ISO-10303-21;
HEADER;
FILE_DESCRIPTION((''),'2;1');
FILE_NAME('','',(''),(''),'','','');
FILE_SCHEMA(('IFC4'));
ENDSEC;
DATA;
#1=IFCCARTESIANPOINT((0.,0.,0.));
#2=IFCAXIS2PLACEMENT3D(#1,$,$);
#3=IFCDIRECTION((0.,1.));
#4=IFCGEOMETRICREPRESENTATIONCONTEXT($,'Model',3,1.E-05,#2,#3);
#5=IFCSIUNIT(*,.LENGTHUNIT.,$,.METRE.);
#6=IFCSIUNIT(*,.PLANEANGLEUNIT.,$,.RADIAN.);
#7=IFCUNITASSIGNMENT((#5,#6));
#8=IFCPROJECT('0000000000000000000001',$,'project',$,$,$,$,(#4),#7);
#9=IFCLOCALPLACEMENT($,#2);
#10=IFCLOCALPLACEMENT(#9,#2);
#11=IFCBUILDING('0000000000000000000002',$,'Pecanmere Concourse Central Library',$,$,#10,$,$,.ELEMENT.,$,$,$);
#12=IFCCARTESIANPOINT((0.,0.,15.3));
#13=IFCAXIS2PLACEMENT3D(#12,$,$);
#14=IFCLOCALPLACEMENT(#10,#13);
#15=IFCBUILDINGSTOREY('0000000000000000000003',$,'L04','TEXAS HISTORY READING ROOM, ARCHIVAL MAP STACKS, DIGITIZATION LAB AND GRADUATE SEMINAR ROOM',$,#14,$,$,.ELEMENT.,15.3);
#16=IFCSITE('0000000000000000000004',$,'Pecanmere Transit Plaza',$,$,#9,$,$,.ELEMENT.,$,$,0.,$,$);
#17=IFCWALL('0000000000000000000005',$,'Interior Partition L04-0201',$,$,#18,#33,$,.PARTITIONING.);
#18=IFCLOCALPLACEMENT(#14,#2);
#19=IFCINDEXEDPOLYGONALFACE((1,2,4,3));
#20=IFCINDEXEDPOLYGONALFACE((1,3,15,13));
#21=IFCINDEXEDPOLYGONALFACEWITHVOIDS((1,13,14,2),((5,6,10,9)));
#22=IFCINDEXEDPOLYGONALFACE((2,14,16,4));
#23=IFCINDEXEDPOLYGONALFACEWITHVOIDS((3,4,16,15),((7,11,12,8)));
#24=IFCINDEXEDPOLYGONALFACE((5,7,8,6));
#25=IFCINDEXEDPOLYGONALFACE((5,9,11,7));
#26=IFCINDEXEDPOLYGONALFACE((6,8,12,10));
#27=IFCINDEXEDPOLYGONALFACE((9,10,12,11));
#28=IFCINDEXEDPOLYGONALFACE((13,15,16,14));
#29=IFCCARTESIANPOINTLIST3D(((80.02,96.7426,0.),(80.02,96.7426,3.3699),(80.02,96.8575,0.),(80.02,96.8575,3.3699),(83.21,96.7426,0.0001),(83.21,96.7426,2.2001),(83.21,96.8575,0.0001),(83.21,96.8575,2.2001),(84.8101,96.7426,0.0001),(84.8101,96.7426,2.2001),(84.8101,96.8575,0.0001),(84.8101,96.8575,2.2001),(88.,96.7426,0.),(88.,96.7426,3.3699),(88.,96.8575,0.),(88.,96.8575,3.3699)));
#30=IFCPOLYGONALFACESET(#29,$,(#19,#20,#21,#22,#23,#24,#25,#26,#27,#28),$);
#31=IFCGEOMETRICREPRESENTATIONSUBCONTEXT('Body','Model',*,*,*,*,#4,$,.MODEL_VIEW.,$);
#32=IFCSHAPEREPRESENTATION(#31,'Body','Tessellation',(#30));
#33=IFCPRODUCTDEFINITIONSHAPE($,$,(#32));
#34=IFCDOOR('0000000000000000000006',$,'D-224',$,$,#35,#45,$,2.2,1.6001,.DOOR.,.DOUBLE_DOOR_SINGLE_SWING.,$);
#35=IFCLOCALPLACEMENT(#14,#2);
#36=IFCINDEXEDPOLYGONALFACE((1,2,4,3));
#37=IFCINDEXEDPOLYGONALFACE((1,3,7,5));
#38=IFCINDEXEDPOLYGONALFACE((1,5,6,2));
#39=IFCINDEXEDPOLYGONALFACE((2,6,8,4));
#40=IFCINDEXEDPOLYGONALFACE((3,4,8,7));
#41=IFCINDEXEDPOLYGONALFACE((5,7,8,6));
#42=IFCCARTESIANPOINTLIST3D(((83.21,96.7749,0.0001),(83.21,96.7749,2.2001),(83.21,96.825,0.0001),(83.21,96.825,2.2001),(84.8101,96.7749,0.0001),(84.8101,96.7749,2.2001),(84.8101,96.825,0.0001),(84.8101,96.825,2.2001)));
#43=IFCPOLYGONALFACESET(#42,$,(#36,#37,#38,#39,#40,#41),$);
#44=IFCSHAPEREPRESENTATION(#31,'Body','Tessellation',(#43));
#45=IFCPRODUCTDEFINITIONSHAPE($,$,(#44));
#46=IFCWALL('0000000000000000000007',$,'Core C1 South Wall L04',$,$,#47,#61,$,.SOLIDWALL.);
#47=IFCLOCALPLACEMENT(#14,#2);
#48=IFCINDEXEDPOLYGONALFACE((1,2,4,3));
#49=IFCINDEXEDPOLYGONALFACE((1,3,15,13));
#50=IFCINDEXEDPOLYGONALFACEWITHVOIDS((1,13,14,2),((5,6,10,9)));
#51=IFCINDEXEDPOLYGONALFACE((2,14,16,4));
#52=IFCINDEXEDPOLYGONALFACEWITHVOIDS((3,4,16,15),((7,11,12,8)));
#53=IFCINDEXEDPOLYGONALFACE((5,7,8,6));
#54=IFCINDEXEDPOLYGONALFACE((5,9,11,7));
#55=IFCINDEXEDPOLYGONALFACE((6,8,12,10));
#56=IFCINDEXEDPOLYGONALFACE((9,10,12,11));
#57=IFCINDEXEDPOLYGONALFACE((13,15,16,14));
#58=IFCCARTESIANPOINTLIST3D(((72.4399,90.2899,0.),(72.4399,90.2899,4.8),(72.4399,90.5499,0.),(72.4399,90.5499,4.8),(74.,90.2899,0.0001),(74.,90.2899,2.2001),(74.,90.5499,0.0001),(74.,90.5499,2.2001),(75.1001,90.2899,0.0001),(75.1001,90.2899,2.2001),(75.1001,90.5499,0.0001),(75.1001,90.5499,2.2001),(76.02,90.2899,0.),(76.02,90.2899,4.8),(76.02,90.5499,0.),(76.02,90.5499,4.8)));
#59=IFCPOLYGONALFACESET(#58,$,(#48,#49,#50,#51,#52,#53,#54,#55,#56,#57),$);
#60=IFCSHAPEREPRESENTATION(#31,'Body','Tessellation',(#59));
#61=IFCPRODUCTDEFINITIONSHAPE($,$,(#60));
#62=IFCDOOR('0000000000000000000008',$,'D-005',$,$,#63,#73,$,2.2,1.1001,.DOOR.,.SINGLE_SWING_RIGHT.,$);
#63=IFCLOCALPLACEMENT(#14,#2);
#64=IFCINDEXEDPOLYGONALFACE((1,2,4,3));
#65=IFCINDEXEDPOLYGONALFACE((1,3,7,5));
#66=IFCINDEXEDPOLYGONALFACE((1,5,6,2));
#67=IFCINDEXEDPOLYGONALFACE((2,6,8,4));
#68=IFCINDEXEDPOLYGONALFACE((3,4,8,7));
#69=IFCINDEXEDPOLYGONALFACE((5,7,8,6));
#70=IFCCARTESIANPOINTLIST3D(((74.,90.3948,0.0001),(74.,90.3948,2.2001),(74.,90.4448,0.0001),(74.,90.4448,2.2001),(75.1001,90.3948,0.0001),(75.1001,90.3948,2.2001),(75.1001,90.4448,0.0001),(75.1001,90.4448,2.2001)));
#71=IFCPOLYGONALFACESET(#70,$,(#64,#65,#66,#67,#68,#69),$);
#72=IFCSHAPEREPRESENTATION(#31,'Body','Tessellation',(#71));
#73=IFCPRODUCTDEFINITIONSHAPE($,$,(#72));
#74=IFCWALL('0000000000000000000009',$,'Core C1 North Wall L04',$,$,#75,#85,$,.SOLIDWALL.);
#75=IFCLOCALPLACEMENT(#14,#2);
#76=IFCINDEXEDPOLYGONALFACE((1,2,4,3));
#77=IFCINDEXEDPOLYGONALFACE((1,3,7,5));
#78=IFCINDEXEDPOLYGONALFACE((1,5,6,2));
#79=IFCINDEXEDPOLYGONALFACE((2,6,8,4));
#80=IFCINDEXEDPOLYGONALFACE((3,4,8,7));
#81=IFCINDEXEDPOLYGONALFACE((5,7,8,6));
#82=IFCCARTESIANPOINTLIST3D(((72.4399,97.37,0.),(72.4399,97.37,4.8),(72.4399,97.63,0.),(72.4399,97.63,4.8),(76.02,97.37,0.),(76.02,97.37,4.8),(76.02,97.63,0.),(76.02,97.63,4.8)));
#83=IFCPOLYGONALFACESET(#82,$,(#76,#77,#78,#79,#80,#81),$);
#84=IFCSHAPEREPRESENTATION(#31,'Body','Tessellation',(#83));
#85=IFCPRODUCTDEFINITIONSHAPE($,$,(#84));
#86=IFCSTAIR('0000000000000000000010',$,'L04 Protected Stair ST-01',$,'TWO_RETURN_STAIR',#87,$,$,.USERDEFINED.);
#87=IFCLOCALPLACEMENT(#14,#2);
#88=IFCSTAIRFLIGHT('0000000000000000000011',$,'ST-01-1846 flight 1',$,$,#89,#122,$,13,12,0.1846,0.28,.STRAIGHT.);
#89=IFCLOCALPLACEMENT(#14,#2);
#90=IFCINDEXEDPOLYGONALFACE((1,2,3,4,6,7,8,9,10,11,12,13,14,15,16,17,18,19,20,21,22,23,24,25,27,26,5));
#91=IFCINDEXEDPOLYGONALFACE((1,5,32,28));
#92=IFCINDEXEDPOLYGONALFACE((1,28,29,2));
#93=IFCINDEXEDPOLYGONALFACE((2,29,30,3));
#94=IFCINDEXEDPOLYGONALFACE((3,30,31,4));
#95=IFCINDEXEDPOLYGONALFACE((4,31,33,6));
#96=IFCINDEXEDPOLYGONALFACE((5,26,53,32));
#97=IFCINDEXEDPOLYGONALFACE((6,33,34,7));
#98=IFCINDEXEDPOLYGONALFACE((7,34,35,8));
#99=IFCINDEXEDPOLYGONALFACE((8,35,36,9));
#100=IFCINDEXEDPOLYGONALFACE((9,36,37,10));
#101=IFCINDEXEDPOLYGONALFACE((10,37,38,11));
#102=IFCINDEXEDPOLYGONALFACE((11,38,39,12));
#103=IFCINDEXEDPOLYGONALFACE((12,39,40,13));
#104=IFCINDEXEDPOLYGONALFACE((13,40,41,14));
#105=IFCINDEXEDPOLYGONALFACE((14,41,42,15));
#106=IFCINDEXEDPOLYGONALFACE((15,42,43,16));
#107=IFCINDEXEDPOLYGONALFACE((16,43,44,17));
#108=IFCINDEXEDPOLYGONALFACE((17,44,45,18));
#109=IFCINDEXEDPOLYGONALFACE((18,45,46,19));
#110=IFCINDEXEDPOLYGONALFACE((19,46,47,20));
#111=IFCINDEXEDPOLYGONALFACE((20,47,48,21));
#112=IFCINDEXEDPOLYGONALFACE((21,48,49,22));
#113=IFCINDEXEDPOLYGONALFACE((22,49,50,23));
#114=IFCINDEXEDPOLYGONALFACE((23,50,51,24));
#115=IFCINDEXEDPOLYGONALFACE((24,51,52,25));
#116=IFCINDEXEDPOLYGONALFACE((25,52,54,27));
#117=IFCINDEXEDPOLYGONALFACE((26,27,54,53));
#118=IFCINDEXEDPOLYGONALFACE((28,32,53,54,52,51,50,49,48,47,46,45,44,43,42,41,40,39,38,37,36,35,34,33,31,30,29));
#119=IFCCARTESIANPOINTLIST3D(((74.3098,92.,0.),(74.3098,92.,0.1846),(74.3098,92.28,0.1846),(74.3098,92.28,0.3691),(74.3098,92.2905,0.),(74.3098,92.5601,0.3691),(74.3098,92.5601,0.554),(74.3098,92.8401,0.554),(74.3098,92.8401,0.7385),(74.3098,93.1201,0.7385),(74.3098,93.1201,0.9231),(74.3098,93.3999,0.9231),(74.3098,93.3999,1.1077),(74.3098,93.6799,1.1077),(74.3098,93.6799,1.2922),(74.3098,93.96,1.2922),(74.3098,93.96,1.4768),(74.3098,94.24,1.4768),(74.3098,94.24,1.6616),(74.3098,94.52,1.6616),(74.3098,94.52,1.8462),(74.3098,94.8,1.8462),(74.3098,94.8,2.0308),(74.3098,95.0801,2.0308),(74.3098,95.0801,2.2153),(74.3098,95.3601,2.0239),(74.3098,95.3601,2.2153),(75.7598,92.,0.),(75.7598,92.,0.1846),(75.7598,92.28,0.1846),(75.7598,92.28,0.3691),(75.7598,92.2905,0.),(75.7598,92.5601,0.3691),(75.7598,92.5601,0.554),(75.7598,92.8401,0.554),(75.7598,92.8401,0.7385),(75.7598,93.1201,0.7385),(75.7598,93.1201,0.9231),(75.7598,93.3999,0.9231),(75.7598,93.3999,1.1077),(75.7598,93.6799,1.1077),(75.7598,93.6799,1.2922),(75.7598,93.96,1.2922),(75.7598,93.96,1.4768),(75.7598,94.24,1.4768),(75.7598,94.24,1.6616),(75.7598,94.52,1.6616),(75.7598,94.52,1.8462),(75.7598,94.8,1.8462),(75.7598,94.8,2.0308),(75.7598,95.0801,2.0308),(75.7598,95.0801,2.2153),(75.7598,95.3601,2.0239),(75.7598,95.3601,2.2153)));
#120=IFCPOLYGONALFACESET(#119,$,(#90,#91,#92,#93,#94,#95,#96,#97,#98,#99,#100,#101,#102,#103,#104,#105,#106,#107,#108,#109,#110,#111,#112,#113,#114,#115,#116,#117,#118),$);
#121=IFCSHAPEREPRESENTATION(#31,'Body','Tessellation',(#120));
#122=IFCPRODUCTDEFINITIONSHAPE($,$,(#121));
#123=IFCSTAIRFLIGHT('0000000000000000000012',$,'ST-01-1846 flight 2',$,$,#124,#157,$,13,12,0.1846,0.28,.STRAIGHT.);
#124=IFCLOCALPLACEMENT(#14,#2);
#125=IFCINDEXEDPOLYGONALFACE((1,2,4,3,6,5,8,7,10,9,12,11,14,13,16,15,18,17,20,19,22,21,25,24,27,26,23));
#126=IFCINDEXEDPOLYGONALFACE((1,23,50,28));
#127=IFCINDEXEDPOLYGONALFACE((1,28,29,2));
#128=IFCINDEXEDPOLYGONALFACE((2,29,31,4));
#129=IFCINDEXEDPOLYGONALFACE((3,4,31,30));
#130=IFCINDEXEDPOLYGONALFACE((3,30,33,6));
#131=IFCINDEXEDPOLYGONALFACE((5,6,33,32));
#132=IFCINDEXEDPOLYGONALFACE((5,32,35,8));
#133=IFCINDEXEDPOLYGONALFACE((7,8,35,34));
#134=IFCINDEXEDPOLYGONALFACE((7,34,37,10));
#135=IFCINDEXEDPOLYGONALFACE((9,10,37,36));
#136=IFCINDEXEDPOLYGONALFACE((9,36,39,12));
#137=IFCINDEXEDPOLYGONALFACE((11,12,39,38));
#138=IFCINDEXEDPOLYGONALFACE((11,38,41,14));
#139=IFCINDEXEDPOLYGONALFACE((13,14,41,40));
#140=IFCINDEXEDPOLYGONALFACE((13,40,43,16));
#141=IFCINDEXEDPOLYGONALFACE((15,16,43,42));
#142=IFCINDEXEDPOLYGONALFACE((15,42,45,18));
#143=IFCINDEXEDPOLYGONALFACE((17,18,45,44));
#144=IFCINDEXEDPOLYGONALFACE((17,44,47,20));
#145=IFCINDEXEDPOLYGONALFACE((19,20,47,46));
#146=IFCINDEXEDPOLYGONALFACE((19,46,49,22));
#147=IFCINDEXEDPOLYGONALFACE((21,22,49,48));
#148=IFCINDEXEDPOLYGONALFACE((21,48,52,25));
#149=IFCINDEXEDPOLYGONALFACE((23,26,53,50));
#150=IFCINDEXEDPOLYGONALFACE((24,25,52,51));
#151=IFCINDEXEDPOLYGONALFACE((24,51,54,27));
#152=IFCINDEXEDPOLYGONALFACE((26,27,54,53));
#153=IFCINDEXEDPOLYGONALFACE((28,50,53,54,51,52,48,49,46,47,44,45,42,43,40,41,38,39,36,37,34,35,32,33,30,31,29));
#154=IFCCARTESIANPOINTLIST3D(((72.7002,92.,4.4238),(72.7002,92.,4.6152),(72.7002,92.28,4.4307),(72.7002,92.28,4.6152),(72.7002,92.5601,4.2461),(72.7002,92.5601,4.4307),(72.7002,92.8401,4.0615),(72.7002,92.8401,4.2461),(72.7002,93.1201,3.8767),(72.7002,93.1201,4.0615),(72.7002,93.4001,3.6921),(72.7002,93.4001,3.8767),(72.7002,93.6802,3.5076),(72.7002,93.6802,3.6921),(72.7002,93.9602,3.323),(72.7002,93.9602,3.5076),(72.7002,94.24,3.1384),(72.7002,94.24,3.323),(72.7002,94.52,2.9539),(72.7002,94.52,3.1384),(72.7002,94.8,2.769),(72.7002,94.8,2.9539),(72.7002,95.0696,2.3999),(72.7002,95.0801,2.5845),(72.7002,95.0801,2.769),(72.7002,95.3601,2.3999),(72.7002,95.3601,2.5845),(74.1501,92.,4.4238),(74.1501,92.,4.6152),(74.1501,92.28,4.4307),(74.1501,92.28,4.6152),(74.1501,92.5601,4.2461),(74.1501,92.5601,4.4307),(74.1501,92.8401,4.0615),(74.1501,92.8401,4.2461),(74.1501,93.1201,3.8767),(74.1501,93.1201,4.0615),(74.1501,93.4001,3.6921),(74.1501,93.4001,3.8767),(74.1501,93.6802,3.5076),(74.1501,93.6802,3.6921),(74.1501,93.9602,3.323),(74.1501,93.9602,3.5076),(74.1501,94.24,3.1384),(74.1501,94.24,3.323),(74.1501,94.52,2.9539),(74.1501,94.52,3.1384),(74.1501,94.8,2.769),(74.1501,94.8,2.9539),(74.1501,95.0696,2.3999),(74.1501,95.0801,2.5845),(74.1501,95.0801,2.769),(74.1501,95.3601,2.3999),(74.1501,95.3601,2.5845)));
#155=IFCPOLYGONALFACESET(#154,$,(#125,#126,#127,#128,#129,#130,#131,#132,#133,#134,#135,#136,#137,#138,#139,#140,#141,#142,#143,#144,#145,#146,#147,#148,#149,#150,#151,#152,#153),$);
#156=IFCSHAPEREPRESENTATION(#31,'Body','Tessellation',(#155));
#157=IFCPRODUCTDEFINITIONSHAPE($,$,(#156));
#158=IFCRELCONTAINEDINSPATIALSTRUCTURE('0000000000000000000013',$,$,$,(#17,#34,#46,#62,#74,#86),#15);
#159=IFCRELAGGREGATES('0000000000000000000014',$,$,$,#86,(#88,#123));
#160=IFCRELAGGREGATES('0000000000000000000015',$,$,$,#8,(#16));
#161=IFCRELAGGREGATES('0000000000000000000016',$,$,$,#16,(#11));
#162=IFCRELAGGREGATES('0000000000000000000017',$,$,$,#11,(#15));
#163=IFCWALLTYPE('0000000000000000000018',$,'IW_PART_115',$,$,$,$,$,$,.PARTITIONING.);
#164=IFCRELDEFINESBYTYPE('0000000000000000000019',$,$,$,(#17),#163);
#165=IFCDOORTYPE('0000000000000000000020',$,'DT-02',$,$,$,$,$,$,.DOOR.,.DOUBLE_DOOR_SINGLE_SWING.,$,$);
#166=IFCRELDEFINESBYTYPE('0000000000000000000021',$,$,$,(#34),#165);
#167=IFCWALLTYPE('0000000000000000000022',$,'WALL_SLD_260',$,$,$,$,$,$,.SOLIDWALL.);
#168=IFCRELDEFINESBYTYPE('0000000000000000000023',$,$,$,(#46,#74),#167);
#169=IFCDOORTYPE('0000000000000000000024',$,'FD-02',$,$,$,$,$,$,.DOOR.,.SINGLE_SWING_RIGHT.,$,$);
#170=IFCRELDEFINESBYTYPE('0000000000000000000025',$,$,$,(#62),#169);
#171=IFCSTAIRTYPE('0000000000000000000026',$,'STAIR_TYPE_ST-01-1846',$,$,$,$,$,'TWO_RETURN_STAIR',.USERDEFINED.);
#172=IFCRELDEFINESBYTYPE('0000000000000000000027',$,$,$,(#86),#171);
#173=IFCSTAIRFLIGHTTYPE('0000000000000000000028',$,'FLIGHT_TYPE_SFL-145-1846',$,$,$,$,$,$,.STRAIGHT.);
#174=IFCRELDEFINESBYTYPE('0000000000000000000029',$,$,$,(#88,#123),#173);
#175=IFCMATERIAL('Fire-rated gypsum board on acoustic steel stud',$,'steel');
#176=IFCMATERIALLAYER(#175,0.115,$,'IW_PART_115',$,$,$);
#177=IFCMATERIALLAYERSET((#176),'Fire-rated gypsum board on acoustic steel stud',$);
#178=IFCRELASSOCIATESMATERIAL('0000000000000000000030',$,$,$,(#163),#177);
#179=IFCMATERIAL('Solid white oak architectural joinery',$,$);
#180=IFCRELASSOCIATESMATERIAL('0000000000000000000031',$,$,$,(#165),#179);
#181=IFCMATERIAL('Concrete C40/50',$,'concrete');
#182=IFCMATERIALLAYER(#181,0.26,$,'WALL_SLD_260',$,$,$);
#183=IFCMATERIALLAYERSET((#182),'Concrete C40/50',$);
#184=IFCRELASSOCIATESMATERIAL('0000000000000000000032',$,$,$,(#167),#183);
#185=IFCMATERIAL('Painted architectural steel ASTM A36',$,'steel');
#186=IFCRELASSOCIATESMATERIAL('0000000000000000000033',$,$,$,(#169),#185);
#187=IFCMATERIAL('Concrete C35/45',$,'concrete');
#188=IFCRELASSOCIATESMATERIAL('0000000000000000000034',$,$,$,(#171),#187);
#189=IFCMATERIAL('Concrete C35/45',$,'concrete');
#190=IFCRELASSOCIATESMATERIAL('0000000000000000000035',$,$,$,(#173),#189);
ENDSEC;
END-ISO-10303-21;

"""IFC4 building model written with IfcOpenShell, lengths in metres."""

from ifc_helpers import new_model, si_unit, direction, frame, frame_2d, origin, place, context, subcontext, project, spatial, polyline, rectangle, outline, extrude, material, layer, layer_set, type_object, element, fill, aggregate, save


model = new_model("IFC4")

# Units and contexts
model_context = context("Model", 3, precision=1e-05, world=origin(), true_north=direction((0.0, 1.0)))
body_context = subcontext(model_context, "Body", "Model", "MODEL_VIEW")
ifc_project = project(units=[si_unit("LENGTHUNIT", "METRE"), si_unit("PLANEANGLEUNIT", "RADIAN")], contexts=[model_context])

# Site, building, storey
site_placement = place(None, origin())
site = spatial("IfcSite", under=ifc_project, at=site_placement, Name="Pecanmere Transit Plaza", CompositionType="ELEMENT", RefElevation=0.0)
building_placement = place(site_placement, origin())
building = spatial("IfcBuilding", under=site, at=building_placement, Name="Pecanmere Concourse Central Library", CompositionType="ELEMENT")
storey_placement = place(building_placement, frame((0.0, 0.0, 15.3)))
storey = spatial("IfcBuildingStorey", under=building, at=storey_placement, Name="L04", Description="TEXAS HISTORY READING ROOM, ARCHIVAL MAP STACKS, DIGITIZATION LAB AND GRADUATE SEMINAR ROOM", CompositionType="ELEMENT", Elevation=15.3)

# Shared definitions
ifc_material_1 = material(Name="Fire-rated gypsum board on acoustic steel stud", Category="steel")
ifc_layer_1 = layer(ifc_material_1, 0.115, Name="IW_PART_115")
ifc_layer_set_1 = layer_set([ifc_layer_1], Name="Fire-rated gypsum board on acoustic steel stud")
wall_type_1 = type_object("IfcWallType", Name="IW_PART_115", PredefinedType="PARTITIONING", material=ifc_layer_set_1)

# Walls, openings, doors
wall_1_placement = place(storey_placement, frame((80.02, 96.8, 0.0), z_axis=(0.0, 0.0, 1.0), x_axis=(1.0, 0.0, 0.0)))
wall_1 = element("IfcWall", 1, at=wall_1_placement, inside=storey, type_object=wall_type_1, Name="Interior Partition L04-0201", PredefinedType="PARTITIONING", context=body_context, shape_type="SweptSolid", body=[
    extrude(rectangle(XDim=7.98, YDim=0.115, at=frame_2d((3.99, 0.0))), origin(), (0.0, 0.0, 1.0), 3.3699),
])
opening_1_placement = place(wall_1_placement, frame((3.1899, 0.0, 0.0)))
opening_1 = element("IfcOpeningElement", 2, at=opening_1_placement, cuts=wall_1, PredefinedType="OPENING", context=body_context, shape_type="SweptSolid", body=[
    extrude(rectangle(XDim=1.6001, YDim=2.2, at=frame_2d((0.8, 1.1001))), frame((0.0, 0.0693, 0.0), z_axis=(0.0, -1.0, 0.0), x_axis=(1.0, 0.0, 0.0)), (0.0, 0.0, 1.0), 0.1389),
])
ifc_material_2 = material(Name="Solid white oak architectural joinery")
door_type_1 = type_object("IfcDoorType", Name="DT-02", OperationType="DOUBLE_DOOR_SINGLE_SWING", PredefinedType="DOOR", material=ifc_material_2)
door_1_placement = place(opening_1_placement, origin())
door_1 = element("IfcDoor", 3, at=door_1_placement, inside=storey, type_object=door_type_1, Name="D-224", OperationType="DOUBLE_DOOR_SINGLE_SWING", OverallHeight=2.2, OverallWidth=1.6001, PredefinedType="DOOR", context=body_context, shape_type="SweptSolid", body=[
    extrude(rectangle(XDim=1.6001, YDim=2.2, at=frame_2d((0.8, 1.1001))), frame((0.0, 0.0249, 0.0), z_axis=(0.0, -1.0, 0.0), x_axis=(1.0, 0.0, 0.0)), (0.0, 0.0, 1.0), 0.05),
])
fill(opening_1, door_1)
ifc_material_3 = material(Name="Concrete C40/50", Category="concrete")
ifc_layer_2 = layer(ifc_material_3, 0.26, Name="WALL_SLD_260")
ifc_layer_set_2 = layer_set([ifc_layer_2], Name="Concrete C40/50")
wall_type_2 = type_object("IfcWallType", Name="WALL_SLD_260", PredefinedType="SOLIDWALL", material=ifc_layer_set_2)
wall_2_placement = place(storey_placement, frame((72.4399, 90.4199, 0.0), z_axis=(0.0, 0.0, 1.0), x_axis=(1.0, 0.0, 0.0)))
wall_2 = element("IfcWall", 4, at=wall_2_placement, inside=storey, type_object=wall_type_2, Name="Core C1 South Wall L04", PredefinedType="SOLIDWALL", context=body_context, shape_type="SweptSolid", body=[
    extrude(rectangle(XDim=3.5801, YDim=0.26, at=frame_2d((1.79, 0.0))), origin(), (0.0, 0.0, 1.0), 4.8),
])
opening_2_placement = place(wall_2_placement, frame((1.5601, 0.0, 0.0)))
opening_2 = element("IfcOpeningElement", 5, at=opening_2_placement, cuts=wall_2, PredefinedType="OPENING", context=body_context, shape_type="SweptSolid", body=[
    extrude(rectangle(XDim=1.1001, YDim=2.2, at=frame_2d((0.55, 1.1001))), frame((0.0, 0.1421, 0.0), z_axis=(0.0, -1.0, 0.0), x_axis=(1.0, 0.0, 0.0)), (0.0, 0.0, 1.0), 0.2839),
])
ifc_material_4 = material(Name="Painted architectural steel ASTM A36", Category="steel")
door_type_2 = type_object("IfcDoorType", Name="FD-02", OperationType="SINGLE_SWING_RIGHT", PredefinedType="DOOR", material=ifc_material_4)
door_2_placement = place(opening_2_placement, origin())
door_2 = element("IfcDoor", 6, at=door_2_placement, inside=storey, type_object=door_type_2, Name="D-005", OperationType="SINGLE_SWING_RIGHT", OverallHeight=2.2, OverallWidth=1.1001, PredefinedType="DOOR", context=body_context, shape_type="SweptSolid", body=[
    extrude(rectangle(XDim=1.1001, YDim=2.2, at=frame_2d((0.55, 1.1001))), frame((0.0, 0.0249, 0.0), z_axis=(0.0, -1.0, 0.0), x_axis=(1.0, 0.0, 0.0)), (0.0, 0.0, 1.0), 0.05),
])
fill(opening_2, door_2)

# Wall
wall_3_placement = place(storey_placement, frame((72.4399, 97.5, 0.0), z_axis=(0.0, 0.0, 1.0), x_axis=(1.0, 0.0, 0.0)))
element("IfcWall", 7, at=wall_3_placement, inside=storey, type_object=wall_type_2, Name="Core C1 North Wall L04", PredefinedType="SOLIDWALL", context=body_context, shape_type="SweptSolid", body=[
    extrude(rectangle(XDim=3.5801, YDim=0.26, at=frame_2d((1.79, 0.0))), origin(), (0.0, 0.0, 1.0), 4.8),
])

# Stair, stair flights
ifc_material_5 = material(Name="Concrete C35/45", Category="concrete")
stair_type = type_object("IfcStairType", Name="STAIR_TYPE_ST-01-1846", ElementType="TWO_RETURN_STAIR", PredefinedType="USERDEFINED", material=ifc_material_5)
stair_placement = place(storey_placement, origin())
stair = element("IfcStair", 8, at=stair_placement, inside=storey, type_object=stair_type, Name="L04 Protected Stair ST-01", ObjectType="TWO_RETURN_STAIR", PredefinedType="USERDEFINED")
ifc_material_6 = material(Name="Concrete C35/45", Category="concrete")
stair_flight_type = type_object("IfcStairFlightType", Name="FLIGHT_TYPE_SFL-145-1846", PredefinedType="STRAIGHT", material=ifc_material_6)
stair_flight_1_placement = place(storey_placement, frame((75.0349, 92.0, 0.0), z_axis=(0.0, 0.0, 1.0), x_axis=(0.0, 1.0, 0.0)))
stair_flight_1 = element("IfcStairFlight", 9, at=stair_flight_1_placement, type_object=stair_flight_type, Name="ST-01-1846 flight 1", NumberOfRisers=13, NumberOfTreads=12, PredefinedType="STRAIGHT", RiserHeight=0.1846, TreadLength=0.28, context=body_context, shape_type="SweptSolid", body=[
    extrude(outline(polyline([(0.0, 0.0), (0.0, 0.1846), (0.28, 0.1846), (0.28, 0.3691), (0.5601, 0.3691), (0.5601, 0.554), (0.8401, 0.554), (0.8401, 0.7385), (1.1201, 0.7385), (1.1201, 0.9231), (1.3999, 0.9231), (1.3999, 1.1077), (1.6799, 1.1077), (1.6799, 1.2922), (1.96, 1.2922), (1.96, 1.4768), (2.24, 1.4768), (2.24, 1.6616), (2.52, 1.6616), (2.52, 1.8462), (2.8, 1.8462), (2.8, 2.0308), (3.0801, 2.0308), (3.0801, 2.2153), (3.3601, 2.2153), (3.3601, 2.3999), (3.3601, 2.0239), (0.2905, 0.0), (0.0, 0.0)])), frame((0.0, 0.7251, 0.0), z_axis=(0.0, -1.0, 0.0), x_axis=(1.0, 0.0, 0.0)), (0.0, 0.0, 1.0), 1.45),
])
stair_flight_2_placement = place(storey_placement, frame((73.425, 95.3601, 2.3999), z_axis=(0.0, 0.0, 1.0), x_axis=(0.0, -1.0, 0.0)))
stair_flight_2 = element("IfcStairFlight", 10, at=stair_flight_2_placement, type_object=stair_flight_type, Name="ST-01-1846 flight 2", NumberOfRisers=13, NumberOfTreads=12, PredefinedType="STRAIGHT", RiserHeight=0.1846, TreadLength=0.28, context=body_context, shape_type="SweptSolid", body=[
    extrude(outline(polyline([(0.0, 0.0), (0.0, 0.1846), (0.28, 0.1846), (0.28, 0.3691), (0.5601, 0.3691), (0.5601, 0.554), (0.8401, 0.554), (0.8401, 0.7385), (1.1201, 0.7385), (1.1201, 0.9231), (1.3999, 0.9231), (1.3999, 1.1077), (1.6799, 1.1077), (1.6799, 1.2922), (1.96, 1.2922), (1.96, 1.4768), (2.24, 1.4768), (2.24, 1.6616), (2.52, 1.6616), (2.52, 1.8462), (2.8, 1.8462), (2.8, 2.0308), (3.0801, 2.0308), (3.0801, 2.2153), (3.3601, 2.2153), (3.3601, 2.3999), (3.3601, 2.0239), (0.2905, 0.0), (0.0, 0.0)])), frame((0.0, 0.7251, 0.0), z_axis=(0.0, -1.0, 0.0), x_axis=(1.0, 0.0, 0.0)), (0.0, 0.0, 1.0), 1.45),
])
aggregate(stair, [stair_flight_1, stair_flight_2])

save(model, "model.ifc")
